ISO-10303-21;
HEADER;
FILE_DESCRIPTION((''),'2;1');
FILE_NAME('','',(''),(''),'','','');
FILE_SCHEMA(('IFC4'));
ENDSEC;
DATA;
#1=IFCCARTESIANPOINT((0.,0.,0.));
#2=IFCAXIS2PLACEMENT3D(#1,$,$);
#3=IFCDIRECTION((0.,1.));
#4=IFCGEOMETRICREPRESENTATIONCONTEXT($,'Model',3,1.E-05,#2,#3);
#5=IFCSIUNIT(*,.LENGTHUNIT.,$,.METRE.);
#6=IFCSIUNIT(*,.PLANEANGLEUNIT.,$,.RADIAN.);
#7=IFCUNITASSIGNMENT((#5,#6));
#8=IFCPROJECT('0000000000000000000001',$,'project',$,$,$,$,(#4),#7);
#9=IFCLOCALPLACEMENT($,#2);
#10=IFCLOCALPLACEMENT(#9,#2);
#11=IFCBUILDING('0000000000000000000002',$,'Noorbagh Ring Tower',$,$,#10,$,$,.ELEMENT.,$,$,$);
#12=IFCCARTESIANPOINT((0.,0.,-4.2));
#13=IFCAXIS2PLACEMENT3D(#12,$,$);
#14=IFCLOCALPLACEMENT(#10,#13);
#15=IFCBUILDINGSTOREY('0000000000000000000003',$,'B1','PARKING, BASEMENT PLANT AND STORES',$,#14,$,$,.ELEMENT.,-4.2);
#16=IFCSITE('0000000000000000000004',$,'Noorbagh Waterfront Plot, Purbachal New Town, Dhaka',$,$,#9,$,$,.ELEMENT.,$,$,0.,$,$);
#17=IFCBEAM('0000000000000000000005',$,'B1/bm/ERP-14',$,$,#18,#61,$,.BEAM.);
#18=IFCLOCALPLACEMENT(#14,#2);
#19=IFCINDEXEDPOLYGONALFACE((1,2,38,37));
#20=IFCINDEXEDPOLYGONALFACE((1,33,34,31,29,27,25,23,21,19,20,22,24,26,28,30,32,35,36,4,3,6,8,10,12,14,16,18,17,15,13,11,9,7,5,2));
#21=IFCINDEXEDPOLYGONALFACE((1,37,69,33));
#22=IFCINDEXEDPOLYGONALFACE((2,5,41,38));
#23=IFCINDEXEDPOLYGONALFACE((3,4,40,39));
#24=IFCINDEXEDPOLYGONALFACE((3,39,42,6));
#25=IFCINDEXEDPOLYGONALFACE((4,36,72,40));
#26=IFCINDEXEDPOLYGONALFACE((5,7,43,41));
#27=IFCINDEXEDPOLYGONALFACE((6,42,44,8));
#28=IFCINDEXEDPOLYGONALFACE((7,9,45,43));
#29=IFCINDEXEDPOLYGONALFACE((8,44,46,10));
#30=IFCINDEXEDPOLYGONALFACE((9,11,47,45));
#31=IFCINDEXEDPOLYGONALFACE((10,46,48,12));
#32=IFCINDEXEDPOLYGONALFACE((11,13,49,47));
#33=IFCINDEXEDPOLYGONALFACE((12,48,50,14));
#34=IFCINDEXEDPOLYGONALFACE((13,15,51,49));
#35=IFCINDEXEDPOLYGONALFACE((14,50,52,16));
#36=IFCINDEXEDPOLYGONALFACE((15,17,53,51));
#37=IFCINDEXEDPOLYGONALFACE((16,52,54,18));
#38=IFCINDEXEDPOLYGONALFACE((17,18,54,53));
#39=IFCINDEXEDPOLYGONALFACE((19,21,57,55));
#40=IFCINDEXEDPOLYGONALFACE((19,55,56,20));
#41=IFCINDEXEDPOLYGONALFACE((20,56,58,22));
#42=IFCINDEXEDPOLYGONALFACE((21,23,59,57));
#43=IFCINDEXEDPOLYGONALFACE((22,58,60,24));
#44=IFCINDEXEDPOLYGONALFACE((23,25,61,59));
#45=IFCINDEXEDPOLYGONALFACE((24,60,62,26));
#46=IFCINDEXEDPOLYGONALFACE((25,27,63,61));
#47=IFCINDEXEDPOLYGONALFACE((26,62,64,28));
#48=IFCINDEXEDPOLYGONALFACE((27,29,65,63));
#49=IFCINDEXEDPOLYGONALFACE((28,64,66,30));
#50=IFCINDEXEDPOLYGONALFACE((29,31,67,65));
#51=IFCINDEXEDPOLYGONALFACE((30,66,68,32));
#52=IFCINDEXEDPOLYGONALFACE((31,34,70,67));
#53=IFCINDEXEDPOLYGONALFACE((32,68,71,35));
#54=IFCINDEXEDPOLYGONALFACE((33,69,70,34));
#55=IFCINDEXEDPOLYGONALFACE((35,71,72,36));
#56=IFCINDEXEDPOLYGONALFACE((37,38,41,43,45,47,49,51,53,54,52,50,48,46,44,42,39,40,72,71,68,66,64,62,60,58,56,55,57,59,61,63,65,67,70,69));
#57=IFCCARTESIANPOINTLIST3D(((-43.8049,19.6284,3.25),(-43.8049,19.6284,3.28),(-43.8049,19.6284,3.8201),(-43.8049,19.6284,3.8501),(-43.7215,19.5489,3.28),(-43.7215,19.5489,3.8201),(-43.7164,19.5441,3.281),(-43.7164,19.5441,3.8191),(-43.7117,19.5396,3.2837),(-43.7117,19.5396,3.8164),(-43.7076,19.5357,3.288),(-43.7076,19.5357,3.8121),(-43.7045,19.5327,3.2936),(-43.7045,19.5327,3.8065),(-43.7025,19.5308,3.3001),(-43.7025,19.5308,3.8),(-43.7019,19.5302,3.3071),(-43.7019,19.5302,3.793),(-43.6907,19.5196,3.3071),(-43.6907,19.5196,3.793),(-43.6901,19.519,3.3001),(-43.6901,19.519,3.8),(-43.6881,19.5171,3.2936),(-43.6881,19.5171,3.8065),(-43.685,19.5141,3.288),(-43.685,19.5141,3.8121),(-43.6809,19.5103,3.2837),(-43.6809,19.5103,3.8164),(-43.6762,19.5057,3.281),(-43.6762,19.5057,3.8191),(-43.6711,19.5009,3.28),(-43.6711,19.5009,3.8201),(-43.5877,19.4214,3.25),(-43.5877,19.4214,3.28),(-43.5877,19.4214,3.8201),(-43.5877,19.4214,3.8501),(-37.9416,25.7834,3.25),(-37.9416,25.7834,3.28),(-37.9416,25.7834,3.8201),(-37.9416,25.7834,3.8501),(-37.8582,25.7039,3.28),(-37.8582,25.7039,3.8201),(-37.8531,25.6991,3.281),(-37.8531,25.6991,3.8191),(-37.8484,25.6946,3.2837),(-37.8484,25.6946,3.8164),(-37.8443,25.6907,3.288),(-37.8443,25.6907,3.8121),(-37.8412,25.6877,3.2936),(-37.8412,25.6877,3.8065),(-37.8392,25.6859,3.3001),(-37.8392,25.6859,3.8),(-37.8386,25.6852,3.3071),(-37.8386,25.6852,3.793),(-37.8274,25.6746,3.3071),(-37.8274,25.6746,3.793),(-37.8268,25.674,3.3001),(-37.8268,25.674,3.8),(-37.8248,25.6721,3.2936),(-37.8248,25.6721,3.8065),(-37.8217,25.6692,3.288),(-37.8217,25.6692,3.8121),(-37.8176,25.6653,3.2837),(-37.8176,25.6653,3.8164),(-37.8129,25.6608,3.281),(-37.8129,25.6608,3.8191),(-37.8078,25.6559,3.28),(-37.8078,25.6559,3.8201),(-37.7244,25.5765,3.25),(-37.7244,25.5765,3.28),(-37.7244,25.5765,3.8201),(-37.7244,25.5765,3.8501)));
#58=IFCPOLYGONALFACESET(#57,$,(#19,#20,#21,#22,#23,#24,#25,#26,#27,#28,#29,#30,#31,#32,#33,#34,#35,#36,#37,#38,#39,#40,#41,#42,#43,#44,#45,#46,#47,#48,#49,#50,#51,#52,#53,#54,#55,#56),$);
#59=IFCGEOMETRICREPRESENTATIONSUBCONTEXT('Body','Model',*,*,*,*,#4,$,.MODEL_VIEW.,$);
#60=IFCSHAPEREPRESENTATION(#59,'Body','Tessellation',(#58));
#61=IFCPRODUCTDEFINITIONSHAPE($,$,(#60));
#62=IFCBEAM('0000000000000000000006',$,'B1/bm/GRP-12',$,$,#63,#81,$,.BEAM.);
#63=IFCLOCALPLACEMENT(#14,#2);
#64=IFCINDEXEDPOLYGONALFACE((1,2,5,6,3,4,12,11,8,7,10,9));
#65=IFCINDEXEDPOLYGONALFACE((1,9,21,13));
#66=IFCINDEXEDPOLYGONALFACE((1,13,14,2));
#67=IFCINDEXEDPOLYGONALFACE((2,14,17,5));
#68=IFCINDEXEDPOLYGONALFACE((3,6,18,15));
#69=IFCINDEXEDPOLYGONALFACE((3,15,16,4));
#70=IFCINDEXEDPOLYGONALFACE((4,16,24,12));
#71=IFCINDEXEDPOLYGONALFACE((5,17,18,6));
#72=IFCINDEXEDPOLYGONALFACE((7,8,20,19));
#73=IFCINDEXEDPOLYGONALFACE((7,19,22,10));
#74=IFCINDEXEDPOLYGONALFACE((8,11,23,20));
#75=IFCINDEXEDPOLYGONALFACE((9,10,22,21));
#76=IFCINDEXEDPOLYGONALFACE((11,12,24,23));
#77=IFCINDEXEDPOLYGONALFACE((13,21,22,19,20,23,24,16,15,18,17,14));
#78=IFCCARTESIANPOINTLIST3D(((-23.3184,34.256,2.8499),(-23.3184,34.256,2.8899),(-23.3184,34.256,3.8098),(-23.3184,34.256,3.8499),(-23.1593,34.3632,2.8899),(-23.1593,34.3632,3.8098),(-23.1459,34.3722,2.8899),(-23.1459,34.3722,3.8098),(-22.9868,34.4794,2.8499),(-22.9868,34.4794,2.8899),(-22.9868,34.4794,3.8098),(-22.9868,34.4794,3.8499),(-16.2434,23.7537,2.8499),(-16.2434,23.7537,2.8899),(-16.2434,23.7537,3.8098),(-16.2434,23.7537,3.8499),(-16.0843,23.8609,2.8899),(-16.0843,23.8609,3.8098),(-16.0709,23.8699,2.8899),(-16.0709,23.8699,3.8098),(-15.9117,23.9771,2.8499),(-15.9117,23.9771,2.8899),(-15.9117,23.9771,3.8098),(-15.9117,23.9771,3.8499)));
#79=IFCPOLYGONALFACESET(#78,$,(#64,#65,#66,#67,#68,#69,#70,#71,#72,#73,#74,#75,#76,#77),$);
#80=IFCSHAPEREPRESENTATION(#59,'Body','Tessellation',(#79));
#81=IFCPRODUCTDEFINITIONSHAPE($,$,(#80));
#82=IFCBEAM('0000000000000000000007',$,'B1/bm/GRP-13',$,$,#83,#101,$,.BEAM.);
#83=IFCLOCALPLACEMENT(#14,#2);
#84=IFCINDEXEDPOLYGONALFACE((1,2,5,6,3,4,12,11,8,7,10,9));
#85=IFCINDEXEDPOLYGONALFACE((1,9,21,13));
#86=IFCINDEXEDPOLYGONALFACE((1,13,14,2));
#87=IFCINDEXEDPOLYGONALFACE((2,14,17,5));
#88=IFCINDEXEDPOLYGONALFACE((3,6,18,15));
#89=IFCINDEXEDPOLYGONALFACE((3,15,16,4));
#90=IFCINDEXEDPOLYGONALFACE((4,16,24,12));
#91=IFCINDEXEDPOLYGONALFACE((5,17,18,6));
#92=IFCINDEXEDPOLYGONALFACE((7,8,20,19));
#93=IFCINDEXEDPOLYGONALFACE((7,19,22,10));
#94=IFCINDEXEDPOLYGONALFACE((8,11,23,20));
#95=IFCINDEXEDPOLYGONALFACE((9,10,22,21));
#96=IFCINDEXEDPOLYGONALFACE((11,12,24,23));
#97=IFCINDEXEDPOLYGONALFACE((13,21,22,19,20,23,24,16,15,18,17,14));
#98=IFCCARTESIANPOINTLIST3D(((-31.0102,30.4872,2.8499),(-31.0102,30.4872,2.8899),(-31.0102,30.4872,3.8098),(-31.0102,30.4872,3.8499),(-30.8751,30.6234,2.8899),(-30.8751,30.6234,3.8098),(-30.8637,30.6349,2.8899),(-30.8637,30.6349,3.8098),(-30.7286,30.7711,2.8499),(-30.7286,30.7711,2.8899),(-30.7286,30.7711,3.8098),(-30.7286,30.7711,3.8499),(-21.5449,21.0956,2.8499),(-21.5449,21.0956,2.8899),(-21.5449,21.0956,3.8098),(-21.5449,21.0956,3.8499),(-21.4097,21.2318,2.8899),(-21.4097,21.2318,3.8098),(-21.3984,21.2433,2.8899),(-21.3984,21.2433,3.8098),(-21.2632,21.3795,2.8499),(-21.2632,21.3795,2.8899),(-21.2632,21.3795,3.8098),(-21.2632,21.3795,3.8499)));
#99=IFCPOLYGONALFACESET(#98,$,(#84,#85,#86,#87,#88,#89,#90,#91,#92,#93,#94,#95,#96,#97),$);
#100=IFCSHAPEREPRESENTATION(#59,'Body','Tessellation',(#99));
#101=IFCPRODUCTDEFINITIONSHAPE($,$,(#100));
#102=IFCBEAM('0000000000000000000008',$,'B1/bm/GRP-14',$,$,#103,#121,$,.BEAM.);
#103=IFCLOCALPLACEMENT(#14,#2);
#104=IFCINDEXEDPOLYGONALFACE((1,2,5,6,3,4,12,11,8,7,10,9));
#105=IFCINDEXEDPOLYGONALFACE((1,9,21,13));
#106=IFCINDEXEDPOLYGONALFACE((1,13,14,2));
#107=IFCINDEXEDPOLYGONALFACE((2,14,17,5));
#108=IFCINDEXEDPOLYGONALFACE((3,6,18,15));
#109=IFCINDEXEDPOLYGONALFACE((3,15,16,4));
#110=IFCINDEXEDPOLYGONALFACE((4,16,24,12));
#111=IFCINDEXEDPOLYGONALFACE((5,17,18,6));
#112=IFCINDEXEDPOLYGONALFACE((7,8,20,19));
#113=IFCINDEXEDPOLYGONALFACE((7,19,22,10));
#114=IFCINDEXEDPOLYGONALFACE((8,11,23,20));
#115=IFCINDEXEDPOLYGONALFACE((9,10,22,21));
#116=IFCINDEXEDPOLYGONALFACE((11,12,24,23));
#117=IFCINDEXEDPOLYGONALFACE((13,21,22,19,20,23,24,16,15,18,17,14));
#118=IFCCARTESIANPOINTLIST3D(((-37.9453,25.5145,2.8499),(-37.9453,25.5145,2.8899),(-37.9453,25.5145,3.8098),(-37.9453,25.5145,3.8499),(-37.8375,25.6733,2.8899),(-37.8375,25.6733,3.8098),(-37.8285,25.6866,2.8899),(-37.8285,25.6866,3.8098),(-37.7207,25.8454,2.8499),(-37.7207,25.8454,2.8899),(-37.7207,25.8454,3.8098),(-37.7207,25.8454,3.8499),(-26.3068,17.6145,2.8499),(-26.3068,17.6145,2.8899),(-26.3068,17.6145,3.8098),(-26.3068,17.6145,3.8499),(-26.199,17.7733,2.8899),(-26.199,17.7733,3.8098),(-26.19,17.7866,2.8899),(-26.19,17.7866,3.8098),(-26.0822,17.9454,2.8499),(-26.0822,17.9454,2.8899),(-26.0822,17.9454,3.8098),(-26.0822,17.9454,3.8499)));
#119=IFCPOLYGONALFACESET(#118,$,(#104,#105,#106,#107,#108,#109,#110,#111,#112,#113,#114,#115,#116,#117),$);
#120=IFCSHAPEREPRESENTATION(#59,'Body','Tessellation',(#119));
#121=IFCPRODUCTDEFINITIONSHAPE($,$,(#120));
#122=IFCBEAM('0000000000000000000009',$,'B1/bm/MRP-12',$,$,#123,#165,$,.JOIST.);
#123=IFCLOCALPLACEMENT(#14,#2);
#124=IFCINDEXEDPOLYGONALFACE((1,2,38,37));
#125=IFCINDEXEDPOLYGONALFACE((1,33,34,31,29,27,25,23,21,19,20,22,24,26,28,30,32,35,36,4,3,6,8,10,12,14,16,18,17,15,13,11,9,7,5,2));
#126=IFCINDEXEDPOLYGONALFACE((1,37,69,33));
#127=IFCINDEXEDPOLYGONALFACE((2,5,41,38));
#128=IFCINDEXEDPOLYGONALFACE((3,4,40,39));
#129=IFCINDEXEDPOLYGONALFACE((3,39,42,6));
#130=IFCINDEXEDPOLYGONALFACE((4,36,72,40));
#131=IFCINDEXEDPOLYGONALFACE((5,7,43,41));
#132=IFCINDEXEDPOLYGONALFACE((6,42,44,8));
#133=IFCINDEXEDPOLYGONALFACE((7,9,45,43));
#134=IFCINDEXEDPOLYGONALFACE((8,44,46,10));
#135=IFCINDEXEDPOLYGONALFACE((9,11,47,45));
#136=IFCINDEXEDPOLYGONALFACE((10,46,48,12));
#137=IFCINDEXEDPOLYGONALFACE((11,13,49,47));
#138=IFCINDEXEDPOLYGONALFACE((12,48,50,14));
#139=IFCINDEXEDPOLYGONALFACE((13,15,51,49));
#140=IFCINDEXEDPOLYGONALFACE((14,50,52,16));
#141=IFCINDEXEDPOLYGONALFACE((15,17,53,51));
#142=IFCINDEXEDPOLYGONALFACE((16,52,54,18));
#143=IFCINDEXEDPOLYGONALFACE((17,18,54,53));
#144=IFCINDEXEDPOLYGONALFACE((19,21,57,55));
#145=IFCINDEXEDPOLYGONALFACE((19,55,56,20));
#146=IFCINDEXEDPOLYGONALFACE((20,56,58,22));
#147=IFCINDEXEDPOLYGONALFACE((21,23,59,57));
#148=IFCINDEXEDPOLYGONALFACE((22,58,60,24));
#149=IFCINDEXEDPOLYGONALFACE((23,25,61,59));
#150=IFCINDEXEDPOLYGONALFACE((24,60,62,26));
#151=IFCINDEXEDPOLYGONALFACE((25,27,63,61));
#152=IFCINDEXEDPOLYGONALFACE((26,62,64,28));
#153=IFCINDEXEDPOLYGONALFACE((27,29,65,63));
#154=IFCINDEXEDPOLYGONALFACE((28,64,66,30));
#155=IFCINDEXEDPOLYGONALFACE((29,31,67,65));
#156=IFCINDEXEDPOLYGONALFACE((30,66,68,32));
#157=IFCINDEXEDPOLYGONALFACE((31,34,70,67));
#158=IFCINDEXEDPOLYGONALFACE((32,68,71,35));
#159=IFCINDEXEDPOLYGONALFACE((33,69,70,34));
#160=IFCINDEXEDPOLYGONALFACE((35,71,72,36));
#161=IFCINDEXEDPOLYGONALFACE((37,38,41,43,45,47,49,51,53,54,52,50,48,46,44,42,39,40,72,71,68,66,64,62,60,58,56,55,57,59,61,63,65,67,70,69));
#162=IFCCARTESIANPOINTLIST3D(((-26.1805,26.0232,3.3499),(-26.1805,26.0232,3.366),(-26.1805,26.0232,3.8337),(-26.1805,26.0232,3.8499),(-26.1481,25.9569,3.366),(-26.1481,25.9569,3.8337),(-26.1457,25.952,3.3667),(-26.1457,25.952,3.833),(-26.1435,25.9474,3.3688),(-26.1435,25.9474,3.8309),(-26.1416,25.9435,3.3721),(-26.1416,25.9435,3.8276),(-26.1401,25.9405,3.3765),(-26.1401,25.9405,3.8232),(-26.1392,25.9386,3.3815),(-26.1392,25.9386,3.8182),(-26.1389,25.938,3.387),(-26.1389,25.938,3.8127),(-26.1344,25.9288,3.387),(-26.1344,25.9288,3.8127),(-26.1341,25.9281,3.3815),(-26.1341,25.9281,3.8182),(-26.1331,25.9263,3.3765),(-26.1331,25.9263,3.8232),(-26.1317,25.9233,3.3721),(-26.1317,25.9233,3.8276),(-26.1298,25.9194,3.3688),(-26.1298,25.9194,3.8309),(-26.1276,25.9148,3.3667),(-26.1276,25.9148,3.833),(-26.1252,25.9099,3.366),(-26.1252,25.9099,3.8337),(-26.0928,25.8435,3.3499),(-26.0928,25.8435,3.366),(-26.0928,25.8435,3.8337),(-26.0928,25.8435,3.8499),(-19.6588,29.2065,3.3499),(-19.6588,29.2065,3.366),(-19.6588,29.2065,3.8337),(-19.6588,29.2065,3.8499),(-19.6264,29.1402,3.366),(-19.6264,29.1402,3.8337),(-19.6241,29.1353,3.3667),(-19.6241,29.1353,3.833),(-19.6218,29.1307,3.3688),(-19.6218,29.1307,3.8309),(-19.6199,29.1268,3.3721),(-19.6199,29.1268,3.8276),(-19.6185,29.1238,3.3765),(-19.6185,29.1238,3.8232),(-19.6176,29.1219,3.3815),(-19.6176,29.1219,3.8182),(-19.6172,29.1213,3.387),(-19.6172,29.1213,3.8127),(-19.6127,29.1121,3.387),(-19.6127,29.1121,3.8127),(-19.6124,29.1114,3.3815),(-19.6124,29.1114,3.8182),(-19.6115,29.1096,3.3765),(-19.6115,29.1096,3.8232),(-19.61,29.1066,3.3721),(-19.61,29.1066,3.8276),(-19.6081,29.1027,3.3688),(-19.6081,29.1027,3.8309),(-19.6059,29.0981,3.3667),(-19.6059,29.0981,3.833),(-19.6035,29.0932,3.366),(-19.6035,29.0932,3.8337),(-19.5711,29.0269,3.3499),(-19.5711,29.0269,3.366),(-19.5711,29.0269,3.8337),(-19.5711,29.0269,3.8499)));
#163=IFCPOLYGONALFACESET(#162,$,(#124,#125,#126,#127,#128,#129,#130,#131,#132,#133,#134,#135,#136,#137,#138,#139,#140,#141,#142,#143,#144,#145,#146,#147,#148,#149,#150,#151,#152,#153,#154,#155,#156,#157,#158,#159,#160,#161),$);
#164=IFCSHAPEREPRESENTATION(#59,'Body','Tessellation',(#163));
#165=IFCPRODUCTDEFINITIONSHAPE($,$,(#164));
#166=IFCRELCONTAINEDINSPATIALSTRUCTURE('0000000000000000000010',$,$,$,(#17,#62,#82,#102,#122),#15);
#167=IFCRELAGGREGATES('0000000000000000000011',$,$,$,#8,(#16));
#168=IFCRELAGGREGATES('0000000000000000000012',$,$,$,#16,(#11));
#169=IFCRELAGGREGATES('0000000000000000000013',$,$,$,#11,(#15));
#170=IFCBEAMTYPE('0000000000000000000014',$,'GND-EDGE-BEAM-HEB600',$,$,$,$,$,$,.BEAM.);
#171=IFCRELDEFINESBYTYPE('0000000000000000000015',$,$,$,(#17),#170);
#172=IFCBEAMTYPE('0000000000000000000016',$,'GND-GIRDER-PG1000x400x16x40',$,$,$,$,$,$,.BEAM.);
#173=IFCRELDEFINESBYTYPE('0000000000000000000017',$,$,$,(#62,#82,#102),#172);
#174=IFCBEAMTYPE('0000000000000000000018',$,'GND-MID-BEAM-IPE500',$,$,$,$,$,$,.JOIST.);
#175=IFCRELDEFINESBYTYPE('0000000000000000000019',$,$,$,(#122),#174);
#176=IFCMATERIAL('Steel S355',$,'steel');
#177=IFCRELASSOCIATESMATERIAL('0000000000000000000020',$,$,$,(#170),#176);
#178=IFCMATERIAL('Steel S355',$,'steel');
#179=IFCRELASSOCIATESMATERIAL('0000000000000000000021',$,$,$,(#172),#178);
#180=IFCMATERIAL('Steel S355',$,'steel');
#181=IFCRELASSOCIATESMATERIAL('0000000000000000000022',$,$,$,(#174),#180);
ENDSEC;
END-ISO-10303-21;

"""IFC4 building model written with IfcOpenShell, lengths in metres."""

from ifc_helpers import new_model, si_unit, direction, frame, origin, origin_2d, place, context, subcontext, project, spatial, i_section, extrude, material, material_profile, profile_set, type_object, element, save


model = new_model("IFC4")

# Units and contexts
model_context = context("Model", 3, precision=1e-05, world=origin(), true_north=direction((0.0, 1.0)))
body_context = subcontext(model_context, "Body", "Model", "MODEL_VIEW")
ifc_project = project(units=[si_unit("LENGTHUNIT", "METRE"), si_unit("PLANEANGLEUNIT", "RADIAN")], contexts=[model_context])

# Site, building, storey
site_placement = place(None, origin())
site = spatial("IfcSite", under=ifc_project, at=site_placement, Name="Noorbagh Waterfront Plot, Purbachal New Town, Dhaka", CompositionType="ELEMENT", RefElevation=0.0)
building_placement = place(site_placement, origin())
building = spatial("IfcBuilding", under=site, at=building_placement, Name="Noorbagh Ring Tower", CompositionType="ELEMENT")
storey_placement = place(building_placement, frame((0.0, 0.0, -4.2)))
storey = spatial("IfcBuildingStorey", under=building, at=storey_placement, Name="B1", Description="PARKING, BASEMENT PLANT AND STORES", CompositionType="ELEMENT", Elevation=-4.2)

# Beams
ifc_material_1 = material(Name="Steel S355", Category="steel")
ifc_material_profile_1 = material_profile(ifc_material_1, i_section(OverallWidth=0.3, OverallDepth=0.6001, WebThickness=0.0154, FlangeThickness=0.03, FilletRadius=0.0271, at=origin_2d()), Name="HEB600")
ifc_profile_set_1 = profile_set([ifc_material_profile_1], Name="Steel S355")
beam_type_1 = type_object("IfcBeamType", Name="GND-EDGE-BEAM-HEB600", PredefinedType="BEAM", material=ifc_profile_set_1)
beam_1_placement = place(storey_placement, frame((-37.833, 25.6799, 3.55), z_axis=(-0.689738, -0.724059, 0.0), x_axis=(0.724059, -0.689738, 0.0)))
element("IfcBeam", 1, at=beam_1_placement, inside=storey, type_object=beam_type_1, Name="B1/bm/ERP-14", PredefinedType="BEAM", context=body_context, shape_type="SweptSolid", body=[
    extrude(i_section(OverallWidth=0.3, OverallDepth=0.6001, WebThickness=0.0154, FlangeThickness=0.03, FilletRadius=0.0271, at=origin_2d()), origin(), (0.0, 0.0, 1.0), 8.5007),
])
ifc_material_2 = material(Name="Steel S355", Category="steel")
ifc_material_profile_2 = material_profile(ifc_material_2, i_section(OverallWidth=0.3999, OverallDepth=1.0, WebThickness=0.0161, FlangeThickness=0.04, at=origin_2d()), Name="PG1000x400x16x40")
ifc_profile_set_2 = profile_set([ifc_material_profile_2], Name="Steel S355")
beam_type_2 = type_object("IfcBeamType", Name="GND-GIRDER-PG1000x400x16x40", PredefinedType="BEAM", material=ifc_profile_set_2)
beam_2_placement = place(storey_placement, frame((-23.1526, 34.3677, 3.3499), z_axis=(0.558711, -0.829362, 0.0), x_axis=(0.829362, 0.558711, 0.0)))
element("IfcBeam", 2, at=beam_2_placement, inside=storey, type_object=beam_type_2, Name="B1/bm/GRP-12", PredefinedType="BEAM", context=body_context, shape_type="SweptSolid", body=[
    extrude(i_section(OverallWidth=0.3999, OverallDepth=1.0, WebThickness=0.0161, FlangeThickness=0.04, at=origin_2d()), origin(), (0.0, 0.0, 1.0), 12.6631),
])
beam_3_placement = place(storey_placement, frame((-30.8694, 30.6292, 3.3499), z_axis=(0.709866, -0.704337, 0.0), x_axis=(0.704337, 0.709866, 0.0)))
element("IfcBeam", 3, at=beam_3_placement, inside=storey, type_object=beam_type_2, Name="B1/bm/GRP-13", PredefinedType="BEAM", context=body_context, shape_type="SweptSolid", body=[
    extrude(i_section(OverallWidth=0.3999, OverallDepth=1.0, WebThickness=0.0161, FlangeThickness=0.04, at=origin_2d()), origin(), (0.0, 0.0, 1.0), 13.334),
])
beam_4_placement = place(storey_placement, frame((-37.833, 25.6799, 3.3499), z_axis=(0.827397, -0.561618, 0.0), x_axis=(0.561618, 0.827397, 0.0)))
element("IfcBeam", 4, at=beam_4_placement, inside=storey, type_object=beam_type_2, Name="B1/bm/GRP-14", PredefinedType="BEAM", context=body_context, shape_type="SweptSolid", body=[
    extrude(i_section(OverallWidth=0.3999, OverallDepth=1.0, WebThickness=0.0161, FlangeThickness=0.04, at=origin_2d()), origin(), (0.0, 0.0, 1.0), 14.0664),
])
ifc_material_3 = material(Name="Steel S355", Category="steel")
ifc_material_profile_3 = material_profile(ifc_material_3, i_section(OverallWidth=0.2, OverallDepth=0.5, WebThickness=0.0103, FlangeThickness=0.0161, FilletRadius=0.021, at=origin_2d()), Name="IPE500")
ifc_profile_set_3 = profile_set([ifc_material_profile_3], Name="Steel S355")
beam_type_3 = type_object("IfcBeamType", Name="GND-MID-BEAM-IPE500", PredefinedType="JOIST", material=ifc_profile_set_3)
beam_5_placement = place(storey_placement, frame((-19.615, 29.1167, 3.5999), z_axis=(-0.898659, -0.438648, 0.0), x_axis=(0.438648, -0.898659, 0.0)))
element("IfcBeam", 5, at=beam_5_placement, inside=storey, type_object=beam_type_3, Name="B1/bm/MRP-12", PredefinedType="JOIST", context=body_context, shape_type="SweptSolid", body=[
    extrude(i_section(OverallWidth=0.2, OverallDepth=0.5, WebThickness=0.0103, FlangeThickness=0.0161, FilletRadius=0.021, at=origin_2d()), origin(), (0.0, 0.0, 1.0), 7.2571),
])

save(model, "model.ifc")
